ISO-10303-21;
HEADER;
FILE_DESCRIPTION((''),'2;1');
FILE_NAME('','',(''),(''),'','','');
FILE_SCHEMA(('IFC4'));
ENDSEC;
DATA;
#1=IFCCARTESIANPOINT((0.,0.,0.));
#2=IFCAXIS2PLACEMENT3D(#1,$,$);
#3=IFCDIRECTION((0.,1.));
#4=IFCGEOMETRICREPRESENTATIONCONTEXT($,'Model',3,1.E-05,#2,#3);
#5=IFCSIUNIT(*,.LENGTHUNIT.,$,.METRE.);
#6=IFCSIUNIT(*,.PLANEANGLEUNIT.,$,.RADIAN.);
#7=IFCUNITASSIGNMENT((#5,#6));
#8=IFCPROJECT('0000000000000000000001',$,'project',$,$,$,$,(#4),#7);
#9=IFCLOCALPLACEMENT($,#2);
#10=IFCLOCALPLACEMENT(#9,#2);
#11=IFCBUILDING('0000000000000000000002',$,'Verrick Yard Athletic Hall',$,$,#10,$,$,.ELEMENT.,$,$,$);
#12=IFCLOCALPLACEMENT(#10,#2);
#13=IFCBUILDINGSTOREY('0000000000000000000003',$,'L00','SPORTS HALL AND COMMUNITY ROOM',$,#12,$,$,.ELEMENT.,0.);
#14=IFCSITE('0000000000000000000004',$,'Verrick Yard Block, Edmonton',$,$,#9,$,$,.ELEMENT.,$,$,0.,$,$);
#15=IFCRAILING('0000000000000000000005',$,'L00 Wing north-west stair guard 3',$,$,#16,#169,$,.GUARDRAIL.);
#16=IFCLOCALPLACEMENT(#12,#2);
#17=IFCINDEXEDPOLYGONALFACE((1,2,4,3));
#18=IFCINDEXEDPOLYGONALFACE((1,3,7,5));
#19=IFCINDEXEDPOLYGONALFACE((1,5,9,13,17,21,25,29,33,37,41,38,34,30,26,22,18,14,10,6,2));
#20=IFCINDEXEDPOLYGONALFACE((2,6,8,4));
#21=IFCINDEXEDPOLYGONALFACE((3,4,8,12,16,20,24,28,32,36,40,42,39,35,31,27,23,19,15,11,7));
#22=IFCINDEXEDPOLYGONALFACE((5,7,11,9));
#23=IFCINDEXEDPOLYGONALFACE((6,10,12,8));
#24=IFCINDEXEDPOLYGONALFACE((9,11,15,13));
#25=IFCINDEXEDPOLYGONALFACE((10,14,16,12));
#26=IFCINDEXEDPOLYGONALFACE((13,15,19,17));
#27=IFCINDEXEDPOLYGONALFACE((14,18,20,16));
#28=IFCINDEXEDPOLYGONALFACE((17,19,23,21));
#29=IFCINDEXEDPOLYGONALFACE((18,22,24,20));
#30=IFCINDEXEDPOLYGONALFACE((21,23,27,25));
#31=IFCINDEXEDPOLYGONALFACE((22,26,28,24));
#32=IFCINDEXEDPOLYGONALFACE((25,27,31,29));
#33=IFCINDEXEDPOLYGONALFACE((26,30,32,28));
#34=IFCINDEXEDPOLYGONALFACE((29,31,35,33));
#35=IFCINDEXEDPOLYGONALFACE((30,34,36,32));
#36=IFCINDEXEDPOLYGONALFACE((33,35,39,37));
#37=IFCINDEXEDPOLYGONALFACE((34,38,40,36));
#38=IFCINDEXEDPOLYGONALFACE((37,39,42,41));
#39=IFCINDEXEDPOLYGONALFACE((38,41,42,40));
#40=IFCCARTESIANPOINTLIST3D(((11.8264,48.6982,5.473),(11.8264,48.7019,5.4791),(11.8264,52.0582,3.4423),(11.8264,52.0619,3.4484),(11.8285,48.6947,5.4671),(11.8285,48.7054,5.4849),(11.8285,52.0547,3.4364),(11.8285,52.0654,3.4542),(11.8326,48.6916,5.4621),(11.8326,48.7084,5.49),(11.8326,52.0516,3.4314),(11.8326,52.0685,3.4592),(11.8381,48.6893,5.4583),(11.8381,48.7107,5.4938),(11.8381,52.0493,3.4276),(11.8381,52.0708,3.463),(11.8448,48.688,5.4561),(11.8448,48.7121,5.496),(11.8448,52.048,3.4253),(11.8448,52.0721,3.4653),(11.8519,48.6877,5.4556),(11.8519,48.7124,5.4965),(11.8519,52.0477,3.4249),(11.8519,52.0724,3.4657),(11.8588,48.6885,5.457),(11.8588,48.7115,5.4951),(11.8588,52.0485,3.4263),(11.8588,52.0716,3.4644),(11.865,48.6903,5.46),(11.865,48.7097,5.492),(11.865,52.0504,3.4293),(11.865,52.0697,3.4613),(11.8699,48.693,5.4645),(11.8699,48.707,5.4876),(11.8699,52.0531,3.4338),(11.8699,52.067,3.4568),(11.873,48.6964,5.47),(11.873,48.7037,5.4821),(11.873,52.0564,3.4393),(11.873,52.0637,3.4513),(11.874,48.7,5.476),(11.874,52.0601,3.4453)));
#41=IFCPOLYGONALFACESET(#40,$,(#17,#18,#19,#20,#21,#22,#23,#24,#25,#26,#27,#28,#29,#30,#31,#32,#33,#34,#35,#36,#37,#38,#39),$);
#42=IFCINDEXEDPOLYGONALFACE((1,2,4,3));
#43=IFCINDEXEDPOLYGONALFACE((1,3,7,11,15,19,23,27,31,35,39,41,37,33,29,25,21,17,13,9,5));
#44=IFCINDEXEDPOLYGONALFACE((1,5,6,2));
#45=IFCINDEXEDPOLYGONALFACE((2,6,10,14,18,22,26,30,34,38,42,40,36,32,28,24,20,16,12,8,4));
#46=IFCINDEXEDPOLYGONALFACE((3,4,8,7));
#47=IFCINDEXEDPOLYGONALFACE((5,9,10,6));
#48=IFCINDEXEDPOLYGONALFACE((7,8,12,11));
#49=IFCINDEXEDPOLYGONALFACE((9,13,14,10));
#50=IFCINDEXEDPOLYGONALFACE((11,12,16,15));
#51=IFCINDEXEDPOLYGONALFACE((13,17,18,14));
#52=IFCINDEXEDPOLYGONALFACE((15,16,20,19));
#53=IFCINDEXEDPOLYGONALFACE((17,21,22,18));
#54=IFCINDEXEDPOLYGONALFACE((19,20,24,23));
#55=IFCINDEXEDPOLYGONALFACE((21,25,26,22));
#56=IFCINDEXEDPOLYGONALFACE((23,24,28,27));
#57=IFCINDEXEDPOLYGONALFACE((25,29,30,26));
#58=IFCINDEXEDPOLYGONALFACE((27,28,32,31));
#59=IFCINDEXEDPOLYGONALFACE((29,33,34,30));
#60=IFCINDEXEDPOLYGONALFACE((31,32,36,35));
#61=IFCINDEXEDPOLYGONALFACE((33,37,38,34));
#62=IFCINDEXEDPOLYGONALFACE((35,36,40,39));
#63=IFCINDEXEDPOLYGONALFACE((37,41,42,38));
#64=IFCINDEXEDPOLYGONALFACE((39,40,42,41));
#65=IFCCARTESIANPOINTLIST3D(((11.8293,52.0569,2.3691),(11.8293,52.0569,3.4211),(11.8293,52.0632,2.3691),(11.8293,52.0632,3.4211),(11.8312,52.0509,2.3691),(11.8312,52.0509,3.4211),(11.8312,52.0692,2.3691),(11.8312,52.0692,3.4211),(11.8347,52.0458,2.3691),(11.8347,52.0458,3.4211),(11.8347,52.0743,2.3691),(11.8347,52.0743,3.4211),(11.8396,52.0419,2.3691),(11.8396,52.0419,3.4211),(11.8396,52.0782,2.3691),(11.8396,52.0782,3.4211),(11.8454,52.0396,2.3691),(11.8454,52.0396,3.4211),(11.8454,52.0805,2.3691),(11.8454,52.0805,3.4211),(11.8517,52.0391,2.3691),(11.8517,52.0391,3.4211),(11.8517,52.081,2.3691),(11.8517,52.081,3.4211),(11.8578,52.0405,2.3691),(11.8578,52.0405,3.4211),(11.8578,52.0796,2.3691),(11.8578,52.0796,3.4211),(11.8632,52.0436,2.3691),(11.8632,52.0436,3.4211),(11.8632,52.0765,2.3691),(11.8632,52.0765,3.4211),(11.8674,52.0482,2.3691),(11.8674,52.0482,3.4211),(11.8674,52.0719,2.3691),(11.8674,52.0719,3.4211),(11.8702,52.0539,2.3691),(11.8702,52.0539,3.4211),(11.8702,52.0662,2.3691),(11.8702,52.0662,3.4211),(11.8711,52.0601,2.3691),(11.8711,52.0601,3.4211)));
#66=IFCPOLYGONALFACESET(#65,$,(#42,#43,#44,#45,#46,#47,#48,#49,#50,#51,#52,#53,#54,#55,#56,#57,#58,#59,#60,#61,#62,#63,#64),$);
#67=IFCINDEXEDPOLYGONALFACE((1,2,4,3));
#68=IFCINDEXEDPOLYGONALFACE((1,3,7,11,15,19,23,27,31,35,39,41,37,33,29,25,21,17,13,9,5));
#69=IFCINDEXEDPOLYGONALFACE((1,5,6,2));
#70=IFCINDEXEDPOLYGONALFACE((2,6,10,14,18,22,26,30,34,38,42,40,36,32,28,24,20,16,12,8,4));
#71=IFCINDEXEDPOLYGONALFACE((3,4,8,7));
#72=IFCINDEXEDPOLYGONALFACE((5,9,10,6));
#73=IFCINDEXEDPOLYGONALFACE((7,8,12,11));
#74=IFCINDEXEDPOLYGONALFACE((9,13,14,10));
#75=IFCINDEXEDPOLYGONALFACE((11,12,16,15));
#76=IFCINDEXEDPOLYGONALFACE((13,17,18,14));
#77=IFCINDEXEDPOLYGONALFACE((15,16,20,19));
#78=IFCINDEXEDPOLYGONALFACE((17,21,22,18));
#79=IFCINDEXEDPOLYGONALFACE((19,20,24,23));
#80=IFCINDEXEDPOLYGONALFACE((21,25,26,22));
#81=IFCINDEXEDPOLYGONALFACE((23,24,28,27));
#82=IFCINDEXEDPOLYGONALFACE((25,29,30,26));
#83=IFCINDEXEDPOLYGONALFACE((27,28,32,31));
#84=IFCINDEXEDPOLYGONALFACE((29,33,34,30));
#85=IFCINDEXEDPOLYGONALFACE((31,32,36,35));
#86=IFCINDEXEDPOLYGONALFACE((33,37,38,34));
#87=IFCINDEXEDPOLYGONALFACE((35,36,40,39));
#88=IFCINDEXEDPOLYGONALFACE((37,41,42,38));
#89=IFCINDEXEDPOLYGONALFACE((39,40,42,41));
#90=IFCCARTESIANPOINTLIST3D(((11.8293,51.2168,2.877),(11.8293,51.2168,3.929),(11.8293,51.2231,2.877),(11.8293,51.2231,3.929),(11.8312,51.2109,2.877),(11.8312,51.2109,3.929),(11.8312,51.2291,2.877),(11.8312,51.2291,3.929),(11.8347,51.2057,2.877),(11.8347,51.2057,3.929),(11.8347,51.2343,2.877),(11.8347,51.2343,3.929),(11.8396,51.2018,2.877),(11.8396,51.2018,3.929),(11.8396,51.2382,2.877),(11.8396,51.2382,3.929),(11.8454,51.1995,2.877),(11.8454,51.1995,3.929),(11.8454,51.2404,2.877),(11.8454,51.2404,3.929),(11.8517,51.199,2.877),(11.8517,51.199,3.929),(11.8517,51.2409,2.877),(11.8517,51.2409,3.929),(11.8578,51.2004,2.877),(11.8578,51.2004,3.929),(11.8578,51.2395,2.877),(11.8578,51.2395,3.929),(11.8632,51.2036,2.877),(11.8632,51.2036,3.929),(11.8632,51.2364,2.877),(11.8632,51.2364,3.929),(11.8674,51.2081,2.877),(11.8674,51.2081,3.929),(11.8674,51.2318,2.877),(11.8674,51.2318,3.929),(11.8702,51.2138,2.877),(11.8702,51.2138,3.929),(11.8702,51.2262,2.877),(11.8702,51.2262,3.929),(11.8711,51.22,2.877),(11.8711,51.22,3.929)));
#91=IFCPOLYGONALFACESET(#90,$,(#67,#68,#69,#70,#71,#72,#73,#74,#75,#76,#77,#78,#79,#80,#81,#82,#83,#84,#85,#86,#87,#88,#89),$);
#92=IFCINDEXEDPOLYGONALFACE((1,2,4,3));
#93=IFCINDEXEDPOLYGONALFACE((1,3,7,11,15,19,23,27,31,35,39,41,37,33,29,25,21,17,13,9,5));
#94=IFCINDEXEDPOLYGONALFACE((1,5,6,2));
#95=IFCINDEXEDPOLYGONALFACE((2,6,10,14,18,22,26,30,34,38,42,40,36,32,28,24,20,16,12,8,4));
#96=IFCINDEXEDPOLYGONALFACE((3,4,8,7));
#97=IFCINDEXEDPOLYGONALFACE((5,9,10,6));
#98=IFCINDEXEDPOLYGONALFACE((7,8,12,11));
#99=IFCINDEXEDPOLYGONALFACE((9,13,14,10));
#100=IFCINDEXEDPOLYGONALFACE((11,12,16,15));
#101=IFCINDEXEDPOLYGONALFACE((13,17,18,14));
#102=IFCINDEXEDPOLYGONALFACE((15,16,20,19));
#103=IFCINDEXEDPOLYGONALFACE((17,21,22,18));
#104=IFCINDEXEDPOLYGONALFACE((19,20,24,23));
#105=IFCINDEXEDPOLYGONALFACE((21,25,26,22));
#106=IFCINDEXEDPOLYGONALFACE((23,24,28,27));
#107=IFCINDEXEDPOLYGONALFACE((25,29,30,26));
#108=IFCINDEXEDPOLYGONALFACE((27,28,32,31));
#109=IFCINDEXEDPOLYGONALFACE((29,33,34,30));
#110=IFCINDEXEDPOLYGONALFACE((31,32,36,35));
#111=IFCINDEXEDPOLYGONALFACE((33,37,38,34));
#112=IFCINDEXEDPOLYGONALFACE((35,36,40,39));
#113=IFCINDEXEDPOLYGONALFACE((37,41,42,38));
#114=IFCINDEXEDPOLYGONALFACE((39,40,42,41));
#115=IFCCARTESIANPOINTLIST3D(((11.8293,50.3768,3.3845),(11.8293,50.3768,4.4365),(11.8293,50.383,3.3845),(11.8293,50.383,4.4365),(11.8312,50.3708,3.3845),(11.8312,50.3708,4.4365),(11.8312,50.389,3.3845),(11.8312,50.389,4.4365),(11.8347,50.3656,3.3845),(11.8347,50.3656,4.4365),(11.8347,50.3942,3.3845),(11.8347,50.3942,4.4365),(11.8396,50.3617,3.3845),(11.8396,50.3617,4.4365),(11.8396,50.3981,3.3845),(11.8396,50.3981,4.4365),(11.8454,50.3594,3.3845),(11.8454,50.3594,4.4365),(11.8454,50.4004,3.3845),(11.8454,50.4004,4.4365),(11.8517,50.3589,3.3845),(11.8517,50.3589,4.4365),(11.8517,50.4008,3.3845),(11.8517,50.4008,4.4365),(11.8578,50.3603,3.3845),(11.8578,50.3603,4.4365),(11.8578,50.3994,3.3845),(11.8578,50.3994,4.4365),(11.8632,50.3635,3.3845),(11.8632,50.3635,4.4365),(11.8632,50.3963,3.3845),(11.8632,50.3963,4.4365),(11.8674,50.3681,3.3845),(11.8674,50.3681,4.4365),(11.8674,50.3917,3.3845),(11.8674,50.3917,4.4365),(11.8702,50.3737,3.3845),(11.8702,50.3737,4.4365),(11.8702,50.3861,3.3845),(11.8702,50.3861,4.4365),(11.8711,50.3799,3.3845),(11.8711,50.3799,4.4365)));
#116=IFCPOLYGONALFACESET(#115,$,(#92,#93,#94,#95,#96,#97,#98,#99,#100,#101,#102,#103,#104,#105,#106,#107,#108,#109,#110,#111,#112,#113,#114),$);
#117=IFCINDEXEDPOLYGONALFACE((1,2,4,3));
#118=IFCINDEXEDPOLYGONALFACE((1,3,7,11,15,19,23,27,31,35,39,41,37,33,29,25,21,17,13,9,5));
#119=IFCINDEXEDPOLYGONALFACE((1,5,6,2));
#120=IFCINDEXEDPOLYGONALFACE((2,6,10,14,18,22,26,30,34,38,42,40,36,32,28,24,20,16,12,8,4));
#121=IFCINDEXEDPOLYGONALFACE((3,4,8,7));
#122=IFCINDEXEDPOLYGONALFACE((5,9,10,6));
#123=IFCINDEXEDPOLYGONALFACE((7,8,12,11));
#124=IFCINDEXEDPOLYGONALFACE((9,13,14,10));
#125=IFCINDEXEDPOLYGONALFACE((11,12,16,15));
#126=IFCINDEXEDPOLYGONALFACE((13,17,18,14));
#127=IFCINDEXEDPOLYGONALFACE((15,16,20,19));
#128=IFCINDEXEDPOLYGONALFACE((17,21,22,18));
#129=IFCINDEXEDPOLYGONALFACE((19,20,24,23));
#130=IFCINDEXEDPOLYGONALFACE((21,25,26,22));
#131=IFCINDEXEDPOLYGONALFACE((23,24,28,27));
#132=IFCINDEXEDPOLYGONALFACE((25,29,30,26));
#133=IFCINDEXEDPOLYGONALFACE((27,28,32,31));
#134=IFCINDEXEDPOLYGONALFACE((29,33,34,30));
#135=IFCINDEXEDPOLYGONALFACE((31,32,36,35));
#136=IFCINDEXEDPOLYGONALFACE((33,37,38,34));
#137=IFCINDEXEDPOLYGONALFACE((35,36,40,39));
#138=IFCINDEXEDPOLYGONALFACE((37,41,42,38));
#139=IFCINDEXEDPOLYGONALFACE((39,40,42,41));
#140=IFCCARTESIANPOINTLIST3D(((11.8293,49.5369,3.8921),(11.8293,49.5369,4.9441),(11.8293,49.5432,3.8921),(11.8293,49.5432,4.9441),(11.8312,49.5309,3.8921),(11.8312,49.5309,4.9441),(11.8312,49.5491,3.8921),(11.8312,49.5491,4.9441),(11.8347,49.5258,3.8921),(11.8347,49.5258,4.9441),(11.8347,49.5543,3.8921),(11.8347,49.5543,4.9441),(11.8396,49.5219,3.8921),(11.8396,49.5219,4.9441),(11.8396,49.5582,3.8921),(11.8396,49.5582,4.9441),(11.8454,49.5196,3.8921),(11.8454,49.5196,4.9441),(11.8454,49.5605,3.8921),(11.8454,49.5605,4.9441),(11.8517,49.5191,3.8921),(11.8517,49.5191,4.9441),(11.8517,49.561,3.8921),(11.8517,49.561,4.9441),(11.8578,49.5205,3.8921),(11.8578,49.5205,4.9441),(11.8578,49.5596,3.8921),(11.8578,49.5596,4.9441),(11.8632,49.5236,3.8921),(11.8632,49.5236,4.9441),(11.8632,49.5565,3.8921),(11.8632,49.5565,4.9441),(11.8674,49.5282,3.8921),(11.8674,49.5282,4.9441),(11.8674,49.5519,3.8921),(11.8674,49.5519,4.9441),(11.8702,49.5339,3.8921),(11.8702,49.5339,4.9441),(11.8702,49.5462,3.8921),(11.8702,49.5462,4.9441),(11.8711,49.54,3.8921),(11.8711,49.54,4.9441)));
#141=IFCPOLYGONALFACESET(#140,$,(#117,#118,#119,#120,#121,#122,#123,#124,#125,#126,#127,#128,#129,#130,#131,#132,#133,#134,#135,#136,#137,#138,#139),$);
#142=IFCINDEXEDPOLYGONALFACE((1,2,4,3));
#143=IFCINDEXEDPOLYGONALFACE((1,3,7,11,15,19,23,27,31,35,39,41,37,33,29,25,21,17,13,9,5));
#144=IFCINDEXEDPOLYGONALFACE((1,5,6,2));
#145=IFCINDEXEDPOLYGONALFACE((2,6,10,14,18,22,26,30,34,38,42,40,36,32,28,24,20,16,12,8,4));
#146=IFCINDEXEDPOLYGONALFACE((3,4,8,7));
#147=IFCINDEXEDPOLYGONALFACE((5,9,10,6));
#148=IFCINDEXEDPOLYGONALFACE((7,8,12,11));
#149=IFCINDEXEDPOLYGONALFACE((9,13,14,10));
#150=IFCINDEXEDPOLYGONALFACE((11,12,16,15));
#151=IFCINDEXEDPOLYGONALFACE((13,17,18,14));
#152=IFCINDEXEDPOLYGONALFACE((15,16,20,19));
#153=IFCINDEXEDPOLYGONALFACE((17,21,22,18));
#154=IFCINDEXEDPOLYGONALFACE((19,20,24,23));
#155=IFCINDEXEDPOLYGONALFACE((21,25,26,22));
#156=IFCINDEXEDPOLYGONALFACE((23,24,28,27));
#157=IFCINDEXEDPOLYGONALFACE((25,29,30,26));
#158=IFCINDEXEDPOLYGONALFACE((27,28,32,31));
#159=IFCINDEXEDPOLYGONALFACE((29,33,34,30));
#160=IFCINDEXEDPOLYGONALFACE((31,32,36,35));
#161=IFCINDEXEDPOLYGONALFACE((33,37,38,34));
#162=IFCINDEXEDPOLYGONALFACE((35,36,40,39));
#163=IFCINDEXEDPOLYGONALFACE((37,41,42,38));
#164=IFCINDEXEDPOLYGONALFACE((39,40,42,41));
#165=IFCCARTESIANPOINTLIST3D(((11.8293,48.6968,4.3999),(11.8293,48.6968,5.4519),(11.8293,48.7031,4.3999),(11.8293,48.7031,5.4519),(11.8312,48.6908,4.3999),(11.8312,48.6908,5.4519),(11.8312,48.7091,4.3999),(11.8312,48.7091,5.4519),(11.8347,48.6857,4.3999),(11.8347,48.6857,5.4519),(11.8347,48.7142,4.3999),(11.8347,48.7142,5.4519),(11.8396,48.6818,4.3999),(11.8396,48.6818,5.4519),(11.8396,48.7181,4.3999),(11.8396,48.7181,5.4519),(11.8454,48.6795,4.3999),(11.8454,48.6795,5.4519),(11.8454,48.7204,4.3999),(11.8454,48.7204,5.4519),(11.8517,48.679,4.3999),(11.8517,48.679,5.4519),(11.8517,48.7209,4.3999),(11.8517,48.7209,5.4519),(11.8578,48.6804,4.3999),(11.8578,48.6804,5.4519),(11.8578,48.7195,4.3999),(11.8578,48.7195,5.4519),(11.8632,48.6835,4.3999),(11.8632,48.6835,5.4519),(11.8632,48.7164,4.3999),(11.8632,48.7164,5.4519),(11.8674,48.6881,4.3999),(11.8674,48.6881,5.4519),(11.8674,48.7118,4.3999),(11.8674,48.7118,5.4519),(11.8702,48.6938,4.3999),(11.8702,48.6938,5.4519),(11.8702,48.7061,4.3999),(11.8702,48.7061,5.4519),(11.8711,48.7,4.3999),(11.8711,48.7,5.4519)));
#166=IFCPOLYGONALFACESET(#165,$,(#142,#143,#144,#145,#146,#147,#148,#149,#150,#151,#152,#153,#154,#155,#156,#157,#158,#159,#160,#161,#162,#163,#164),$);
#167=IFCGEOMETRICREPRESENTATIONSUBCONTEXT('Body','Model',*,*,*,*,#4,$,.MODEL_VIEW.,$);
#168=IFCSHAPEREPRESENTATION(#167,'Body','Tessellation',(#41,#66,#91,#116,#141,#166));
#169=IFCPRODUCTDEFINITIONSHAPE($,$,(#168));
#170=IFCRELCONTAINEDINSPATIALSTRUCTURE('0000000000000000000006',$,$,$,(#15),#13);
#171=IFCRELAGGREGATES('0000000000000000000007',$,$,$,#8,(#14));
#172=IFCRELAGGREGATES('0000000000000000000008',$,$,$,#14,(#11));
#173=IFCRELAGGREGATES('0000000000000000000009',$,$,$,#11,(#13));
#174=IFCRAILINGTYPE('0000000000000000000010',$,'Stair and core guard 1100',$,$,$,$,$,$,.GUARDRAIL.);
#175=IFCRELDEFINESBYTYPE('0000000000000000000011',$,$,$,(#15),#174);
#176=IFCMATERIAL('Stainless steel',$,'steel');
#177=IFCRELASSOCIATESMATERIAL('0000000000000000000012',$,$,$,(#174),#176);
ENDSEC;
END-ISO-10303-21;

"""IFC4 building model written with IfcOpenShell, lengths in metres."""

from ifc_helpers import new_model, si_unit, direction, frame, origin, origin_2d, place, context, subcontext, project, spatial, circle, extrude, material, type_object, element, save


model = new_model("IFC4")

# Units and contexts
model_context = context("Model", 3, precision=1e-05, world=origin(), true_north=direction((0.0, 1.0)))
body_context = subcontext(model_context, "Body", "Model", "MODEL_VIEW")
ifc_project = project(units=[si_unit("LENGTHUNIT", "METRE"), si_unit("PLANEANGLEUNIT", "RADIAN")], contexts=[model_context])

# Site, building, storey
site_placement = place(None, origin())
site = spatial("IfcSite", under=ifc_project, at=site_placement, Name="Verrick Yard Block, Edmonton", CompositionType="ELEMENT", RefElevation=0.0)
building_placement = place(site_placement, origin())
building = spatial("IfcBuilding", under=site, at=building_placement, Name="Verrick Yard Athletic Hall", CompositionType="ELEMENT")
storey_placement = place(building_placement, origin())
storey = spatial("IfcBuildingStorey", under=building, at=storey_placement, Name="L00", Description="SPORTS HALL AND COMMUNITY ROOM", CompositionType="ELEMENT", Elevation=0.0)

# Railing
ifc_material_1 = material(Name="Stainless steel", Category="steel")
railing_type_1 = type_object("IfcRailingType", Name="Stair and core guard 1100", PredefinedType="GUARDRAIL", material=ifc_material_1)
railing_1_placement = place(storey_placement, frame((11.8501, 52.0601, 2.3691)))
element("IfcRailing", 1, at=railing_1_placement, inside=storey, type_object=railing_type_1, Name="L00 Wing north-west stair guard 3", PredefinedType="GUARDRAIL", context=body_context, shape_type="SweptSolid", body=[
    extrude(circle(Radius=0.0239, at=origin_2d()), frame((0.0, 0.0, 1.0762), z_axis=(0.0, -0.855837, 0.517246), x_axis=(1.0, 0.0, 0.0)), (0.0, 0.0, 1.0), 3.926),
    extrude(circle(Radius=0.021, at=origin_2d()), origin(), (0.0, 0.0, 1.0), 1.052),
    extrude(circle(Radius=0.021, at=origin_2d()), frame((0.0, -0.8401, 0.5078)), (0.0, 0.0, 1.0), 1.052),
    extrude(circle(Radius=0.021, at=origin_2d()), frame((0.0, -1.6802, 1.0154)), (0.0, 0.0, 1.0), 1.052),
    extrude(circle(Radius=0.021, at=origin_2d()), frame((0.0, -2.52, 1.5229)), (0.0, 0.0, 1.0), 1.052),
    extrude(circle(Radius=0.021, at=origin_2d()), frame((0.0, -3.3601, 2.0308)), (0.0, 0.0, 1.0), 1.052),
])

save(model, "model.ifc")
